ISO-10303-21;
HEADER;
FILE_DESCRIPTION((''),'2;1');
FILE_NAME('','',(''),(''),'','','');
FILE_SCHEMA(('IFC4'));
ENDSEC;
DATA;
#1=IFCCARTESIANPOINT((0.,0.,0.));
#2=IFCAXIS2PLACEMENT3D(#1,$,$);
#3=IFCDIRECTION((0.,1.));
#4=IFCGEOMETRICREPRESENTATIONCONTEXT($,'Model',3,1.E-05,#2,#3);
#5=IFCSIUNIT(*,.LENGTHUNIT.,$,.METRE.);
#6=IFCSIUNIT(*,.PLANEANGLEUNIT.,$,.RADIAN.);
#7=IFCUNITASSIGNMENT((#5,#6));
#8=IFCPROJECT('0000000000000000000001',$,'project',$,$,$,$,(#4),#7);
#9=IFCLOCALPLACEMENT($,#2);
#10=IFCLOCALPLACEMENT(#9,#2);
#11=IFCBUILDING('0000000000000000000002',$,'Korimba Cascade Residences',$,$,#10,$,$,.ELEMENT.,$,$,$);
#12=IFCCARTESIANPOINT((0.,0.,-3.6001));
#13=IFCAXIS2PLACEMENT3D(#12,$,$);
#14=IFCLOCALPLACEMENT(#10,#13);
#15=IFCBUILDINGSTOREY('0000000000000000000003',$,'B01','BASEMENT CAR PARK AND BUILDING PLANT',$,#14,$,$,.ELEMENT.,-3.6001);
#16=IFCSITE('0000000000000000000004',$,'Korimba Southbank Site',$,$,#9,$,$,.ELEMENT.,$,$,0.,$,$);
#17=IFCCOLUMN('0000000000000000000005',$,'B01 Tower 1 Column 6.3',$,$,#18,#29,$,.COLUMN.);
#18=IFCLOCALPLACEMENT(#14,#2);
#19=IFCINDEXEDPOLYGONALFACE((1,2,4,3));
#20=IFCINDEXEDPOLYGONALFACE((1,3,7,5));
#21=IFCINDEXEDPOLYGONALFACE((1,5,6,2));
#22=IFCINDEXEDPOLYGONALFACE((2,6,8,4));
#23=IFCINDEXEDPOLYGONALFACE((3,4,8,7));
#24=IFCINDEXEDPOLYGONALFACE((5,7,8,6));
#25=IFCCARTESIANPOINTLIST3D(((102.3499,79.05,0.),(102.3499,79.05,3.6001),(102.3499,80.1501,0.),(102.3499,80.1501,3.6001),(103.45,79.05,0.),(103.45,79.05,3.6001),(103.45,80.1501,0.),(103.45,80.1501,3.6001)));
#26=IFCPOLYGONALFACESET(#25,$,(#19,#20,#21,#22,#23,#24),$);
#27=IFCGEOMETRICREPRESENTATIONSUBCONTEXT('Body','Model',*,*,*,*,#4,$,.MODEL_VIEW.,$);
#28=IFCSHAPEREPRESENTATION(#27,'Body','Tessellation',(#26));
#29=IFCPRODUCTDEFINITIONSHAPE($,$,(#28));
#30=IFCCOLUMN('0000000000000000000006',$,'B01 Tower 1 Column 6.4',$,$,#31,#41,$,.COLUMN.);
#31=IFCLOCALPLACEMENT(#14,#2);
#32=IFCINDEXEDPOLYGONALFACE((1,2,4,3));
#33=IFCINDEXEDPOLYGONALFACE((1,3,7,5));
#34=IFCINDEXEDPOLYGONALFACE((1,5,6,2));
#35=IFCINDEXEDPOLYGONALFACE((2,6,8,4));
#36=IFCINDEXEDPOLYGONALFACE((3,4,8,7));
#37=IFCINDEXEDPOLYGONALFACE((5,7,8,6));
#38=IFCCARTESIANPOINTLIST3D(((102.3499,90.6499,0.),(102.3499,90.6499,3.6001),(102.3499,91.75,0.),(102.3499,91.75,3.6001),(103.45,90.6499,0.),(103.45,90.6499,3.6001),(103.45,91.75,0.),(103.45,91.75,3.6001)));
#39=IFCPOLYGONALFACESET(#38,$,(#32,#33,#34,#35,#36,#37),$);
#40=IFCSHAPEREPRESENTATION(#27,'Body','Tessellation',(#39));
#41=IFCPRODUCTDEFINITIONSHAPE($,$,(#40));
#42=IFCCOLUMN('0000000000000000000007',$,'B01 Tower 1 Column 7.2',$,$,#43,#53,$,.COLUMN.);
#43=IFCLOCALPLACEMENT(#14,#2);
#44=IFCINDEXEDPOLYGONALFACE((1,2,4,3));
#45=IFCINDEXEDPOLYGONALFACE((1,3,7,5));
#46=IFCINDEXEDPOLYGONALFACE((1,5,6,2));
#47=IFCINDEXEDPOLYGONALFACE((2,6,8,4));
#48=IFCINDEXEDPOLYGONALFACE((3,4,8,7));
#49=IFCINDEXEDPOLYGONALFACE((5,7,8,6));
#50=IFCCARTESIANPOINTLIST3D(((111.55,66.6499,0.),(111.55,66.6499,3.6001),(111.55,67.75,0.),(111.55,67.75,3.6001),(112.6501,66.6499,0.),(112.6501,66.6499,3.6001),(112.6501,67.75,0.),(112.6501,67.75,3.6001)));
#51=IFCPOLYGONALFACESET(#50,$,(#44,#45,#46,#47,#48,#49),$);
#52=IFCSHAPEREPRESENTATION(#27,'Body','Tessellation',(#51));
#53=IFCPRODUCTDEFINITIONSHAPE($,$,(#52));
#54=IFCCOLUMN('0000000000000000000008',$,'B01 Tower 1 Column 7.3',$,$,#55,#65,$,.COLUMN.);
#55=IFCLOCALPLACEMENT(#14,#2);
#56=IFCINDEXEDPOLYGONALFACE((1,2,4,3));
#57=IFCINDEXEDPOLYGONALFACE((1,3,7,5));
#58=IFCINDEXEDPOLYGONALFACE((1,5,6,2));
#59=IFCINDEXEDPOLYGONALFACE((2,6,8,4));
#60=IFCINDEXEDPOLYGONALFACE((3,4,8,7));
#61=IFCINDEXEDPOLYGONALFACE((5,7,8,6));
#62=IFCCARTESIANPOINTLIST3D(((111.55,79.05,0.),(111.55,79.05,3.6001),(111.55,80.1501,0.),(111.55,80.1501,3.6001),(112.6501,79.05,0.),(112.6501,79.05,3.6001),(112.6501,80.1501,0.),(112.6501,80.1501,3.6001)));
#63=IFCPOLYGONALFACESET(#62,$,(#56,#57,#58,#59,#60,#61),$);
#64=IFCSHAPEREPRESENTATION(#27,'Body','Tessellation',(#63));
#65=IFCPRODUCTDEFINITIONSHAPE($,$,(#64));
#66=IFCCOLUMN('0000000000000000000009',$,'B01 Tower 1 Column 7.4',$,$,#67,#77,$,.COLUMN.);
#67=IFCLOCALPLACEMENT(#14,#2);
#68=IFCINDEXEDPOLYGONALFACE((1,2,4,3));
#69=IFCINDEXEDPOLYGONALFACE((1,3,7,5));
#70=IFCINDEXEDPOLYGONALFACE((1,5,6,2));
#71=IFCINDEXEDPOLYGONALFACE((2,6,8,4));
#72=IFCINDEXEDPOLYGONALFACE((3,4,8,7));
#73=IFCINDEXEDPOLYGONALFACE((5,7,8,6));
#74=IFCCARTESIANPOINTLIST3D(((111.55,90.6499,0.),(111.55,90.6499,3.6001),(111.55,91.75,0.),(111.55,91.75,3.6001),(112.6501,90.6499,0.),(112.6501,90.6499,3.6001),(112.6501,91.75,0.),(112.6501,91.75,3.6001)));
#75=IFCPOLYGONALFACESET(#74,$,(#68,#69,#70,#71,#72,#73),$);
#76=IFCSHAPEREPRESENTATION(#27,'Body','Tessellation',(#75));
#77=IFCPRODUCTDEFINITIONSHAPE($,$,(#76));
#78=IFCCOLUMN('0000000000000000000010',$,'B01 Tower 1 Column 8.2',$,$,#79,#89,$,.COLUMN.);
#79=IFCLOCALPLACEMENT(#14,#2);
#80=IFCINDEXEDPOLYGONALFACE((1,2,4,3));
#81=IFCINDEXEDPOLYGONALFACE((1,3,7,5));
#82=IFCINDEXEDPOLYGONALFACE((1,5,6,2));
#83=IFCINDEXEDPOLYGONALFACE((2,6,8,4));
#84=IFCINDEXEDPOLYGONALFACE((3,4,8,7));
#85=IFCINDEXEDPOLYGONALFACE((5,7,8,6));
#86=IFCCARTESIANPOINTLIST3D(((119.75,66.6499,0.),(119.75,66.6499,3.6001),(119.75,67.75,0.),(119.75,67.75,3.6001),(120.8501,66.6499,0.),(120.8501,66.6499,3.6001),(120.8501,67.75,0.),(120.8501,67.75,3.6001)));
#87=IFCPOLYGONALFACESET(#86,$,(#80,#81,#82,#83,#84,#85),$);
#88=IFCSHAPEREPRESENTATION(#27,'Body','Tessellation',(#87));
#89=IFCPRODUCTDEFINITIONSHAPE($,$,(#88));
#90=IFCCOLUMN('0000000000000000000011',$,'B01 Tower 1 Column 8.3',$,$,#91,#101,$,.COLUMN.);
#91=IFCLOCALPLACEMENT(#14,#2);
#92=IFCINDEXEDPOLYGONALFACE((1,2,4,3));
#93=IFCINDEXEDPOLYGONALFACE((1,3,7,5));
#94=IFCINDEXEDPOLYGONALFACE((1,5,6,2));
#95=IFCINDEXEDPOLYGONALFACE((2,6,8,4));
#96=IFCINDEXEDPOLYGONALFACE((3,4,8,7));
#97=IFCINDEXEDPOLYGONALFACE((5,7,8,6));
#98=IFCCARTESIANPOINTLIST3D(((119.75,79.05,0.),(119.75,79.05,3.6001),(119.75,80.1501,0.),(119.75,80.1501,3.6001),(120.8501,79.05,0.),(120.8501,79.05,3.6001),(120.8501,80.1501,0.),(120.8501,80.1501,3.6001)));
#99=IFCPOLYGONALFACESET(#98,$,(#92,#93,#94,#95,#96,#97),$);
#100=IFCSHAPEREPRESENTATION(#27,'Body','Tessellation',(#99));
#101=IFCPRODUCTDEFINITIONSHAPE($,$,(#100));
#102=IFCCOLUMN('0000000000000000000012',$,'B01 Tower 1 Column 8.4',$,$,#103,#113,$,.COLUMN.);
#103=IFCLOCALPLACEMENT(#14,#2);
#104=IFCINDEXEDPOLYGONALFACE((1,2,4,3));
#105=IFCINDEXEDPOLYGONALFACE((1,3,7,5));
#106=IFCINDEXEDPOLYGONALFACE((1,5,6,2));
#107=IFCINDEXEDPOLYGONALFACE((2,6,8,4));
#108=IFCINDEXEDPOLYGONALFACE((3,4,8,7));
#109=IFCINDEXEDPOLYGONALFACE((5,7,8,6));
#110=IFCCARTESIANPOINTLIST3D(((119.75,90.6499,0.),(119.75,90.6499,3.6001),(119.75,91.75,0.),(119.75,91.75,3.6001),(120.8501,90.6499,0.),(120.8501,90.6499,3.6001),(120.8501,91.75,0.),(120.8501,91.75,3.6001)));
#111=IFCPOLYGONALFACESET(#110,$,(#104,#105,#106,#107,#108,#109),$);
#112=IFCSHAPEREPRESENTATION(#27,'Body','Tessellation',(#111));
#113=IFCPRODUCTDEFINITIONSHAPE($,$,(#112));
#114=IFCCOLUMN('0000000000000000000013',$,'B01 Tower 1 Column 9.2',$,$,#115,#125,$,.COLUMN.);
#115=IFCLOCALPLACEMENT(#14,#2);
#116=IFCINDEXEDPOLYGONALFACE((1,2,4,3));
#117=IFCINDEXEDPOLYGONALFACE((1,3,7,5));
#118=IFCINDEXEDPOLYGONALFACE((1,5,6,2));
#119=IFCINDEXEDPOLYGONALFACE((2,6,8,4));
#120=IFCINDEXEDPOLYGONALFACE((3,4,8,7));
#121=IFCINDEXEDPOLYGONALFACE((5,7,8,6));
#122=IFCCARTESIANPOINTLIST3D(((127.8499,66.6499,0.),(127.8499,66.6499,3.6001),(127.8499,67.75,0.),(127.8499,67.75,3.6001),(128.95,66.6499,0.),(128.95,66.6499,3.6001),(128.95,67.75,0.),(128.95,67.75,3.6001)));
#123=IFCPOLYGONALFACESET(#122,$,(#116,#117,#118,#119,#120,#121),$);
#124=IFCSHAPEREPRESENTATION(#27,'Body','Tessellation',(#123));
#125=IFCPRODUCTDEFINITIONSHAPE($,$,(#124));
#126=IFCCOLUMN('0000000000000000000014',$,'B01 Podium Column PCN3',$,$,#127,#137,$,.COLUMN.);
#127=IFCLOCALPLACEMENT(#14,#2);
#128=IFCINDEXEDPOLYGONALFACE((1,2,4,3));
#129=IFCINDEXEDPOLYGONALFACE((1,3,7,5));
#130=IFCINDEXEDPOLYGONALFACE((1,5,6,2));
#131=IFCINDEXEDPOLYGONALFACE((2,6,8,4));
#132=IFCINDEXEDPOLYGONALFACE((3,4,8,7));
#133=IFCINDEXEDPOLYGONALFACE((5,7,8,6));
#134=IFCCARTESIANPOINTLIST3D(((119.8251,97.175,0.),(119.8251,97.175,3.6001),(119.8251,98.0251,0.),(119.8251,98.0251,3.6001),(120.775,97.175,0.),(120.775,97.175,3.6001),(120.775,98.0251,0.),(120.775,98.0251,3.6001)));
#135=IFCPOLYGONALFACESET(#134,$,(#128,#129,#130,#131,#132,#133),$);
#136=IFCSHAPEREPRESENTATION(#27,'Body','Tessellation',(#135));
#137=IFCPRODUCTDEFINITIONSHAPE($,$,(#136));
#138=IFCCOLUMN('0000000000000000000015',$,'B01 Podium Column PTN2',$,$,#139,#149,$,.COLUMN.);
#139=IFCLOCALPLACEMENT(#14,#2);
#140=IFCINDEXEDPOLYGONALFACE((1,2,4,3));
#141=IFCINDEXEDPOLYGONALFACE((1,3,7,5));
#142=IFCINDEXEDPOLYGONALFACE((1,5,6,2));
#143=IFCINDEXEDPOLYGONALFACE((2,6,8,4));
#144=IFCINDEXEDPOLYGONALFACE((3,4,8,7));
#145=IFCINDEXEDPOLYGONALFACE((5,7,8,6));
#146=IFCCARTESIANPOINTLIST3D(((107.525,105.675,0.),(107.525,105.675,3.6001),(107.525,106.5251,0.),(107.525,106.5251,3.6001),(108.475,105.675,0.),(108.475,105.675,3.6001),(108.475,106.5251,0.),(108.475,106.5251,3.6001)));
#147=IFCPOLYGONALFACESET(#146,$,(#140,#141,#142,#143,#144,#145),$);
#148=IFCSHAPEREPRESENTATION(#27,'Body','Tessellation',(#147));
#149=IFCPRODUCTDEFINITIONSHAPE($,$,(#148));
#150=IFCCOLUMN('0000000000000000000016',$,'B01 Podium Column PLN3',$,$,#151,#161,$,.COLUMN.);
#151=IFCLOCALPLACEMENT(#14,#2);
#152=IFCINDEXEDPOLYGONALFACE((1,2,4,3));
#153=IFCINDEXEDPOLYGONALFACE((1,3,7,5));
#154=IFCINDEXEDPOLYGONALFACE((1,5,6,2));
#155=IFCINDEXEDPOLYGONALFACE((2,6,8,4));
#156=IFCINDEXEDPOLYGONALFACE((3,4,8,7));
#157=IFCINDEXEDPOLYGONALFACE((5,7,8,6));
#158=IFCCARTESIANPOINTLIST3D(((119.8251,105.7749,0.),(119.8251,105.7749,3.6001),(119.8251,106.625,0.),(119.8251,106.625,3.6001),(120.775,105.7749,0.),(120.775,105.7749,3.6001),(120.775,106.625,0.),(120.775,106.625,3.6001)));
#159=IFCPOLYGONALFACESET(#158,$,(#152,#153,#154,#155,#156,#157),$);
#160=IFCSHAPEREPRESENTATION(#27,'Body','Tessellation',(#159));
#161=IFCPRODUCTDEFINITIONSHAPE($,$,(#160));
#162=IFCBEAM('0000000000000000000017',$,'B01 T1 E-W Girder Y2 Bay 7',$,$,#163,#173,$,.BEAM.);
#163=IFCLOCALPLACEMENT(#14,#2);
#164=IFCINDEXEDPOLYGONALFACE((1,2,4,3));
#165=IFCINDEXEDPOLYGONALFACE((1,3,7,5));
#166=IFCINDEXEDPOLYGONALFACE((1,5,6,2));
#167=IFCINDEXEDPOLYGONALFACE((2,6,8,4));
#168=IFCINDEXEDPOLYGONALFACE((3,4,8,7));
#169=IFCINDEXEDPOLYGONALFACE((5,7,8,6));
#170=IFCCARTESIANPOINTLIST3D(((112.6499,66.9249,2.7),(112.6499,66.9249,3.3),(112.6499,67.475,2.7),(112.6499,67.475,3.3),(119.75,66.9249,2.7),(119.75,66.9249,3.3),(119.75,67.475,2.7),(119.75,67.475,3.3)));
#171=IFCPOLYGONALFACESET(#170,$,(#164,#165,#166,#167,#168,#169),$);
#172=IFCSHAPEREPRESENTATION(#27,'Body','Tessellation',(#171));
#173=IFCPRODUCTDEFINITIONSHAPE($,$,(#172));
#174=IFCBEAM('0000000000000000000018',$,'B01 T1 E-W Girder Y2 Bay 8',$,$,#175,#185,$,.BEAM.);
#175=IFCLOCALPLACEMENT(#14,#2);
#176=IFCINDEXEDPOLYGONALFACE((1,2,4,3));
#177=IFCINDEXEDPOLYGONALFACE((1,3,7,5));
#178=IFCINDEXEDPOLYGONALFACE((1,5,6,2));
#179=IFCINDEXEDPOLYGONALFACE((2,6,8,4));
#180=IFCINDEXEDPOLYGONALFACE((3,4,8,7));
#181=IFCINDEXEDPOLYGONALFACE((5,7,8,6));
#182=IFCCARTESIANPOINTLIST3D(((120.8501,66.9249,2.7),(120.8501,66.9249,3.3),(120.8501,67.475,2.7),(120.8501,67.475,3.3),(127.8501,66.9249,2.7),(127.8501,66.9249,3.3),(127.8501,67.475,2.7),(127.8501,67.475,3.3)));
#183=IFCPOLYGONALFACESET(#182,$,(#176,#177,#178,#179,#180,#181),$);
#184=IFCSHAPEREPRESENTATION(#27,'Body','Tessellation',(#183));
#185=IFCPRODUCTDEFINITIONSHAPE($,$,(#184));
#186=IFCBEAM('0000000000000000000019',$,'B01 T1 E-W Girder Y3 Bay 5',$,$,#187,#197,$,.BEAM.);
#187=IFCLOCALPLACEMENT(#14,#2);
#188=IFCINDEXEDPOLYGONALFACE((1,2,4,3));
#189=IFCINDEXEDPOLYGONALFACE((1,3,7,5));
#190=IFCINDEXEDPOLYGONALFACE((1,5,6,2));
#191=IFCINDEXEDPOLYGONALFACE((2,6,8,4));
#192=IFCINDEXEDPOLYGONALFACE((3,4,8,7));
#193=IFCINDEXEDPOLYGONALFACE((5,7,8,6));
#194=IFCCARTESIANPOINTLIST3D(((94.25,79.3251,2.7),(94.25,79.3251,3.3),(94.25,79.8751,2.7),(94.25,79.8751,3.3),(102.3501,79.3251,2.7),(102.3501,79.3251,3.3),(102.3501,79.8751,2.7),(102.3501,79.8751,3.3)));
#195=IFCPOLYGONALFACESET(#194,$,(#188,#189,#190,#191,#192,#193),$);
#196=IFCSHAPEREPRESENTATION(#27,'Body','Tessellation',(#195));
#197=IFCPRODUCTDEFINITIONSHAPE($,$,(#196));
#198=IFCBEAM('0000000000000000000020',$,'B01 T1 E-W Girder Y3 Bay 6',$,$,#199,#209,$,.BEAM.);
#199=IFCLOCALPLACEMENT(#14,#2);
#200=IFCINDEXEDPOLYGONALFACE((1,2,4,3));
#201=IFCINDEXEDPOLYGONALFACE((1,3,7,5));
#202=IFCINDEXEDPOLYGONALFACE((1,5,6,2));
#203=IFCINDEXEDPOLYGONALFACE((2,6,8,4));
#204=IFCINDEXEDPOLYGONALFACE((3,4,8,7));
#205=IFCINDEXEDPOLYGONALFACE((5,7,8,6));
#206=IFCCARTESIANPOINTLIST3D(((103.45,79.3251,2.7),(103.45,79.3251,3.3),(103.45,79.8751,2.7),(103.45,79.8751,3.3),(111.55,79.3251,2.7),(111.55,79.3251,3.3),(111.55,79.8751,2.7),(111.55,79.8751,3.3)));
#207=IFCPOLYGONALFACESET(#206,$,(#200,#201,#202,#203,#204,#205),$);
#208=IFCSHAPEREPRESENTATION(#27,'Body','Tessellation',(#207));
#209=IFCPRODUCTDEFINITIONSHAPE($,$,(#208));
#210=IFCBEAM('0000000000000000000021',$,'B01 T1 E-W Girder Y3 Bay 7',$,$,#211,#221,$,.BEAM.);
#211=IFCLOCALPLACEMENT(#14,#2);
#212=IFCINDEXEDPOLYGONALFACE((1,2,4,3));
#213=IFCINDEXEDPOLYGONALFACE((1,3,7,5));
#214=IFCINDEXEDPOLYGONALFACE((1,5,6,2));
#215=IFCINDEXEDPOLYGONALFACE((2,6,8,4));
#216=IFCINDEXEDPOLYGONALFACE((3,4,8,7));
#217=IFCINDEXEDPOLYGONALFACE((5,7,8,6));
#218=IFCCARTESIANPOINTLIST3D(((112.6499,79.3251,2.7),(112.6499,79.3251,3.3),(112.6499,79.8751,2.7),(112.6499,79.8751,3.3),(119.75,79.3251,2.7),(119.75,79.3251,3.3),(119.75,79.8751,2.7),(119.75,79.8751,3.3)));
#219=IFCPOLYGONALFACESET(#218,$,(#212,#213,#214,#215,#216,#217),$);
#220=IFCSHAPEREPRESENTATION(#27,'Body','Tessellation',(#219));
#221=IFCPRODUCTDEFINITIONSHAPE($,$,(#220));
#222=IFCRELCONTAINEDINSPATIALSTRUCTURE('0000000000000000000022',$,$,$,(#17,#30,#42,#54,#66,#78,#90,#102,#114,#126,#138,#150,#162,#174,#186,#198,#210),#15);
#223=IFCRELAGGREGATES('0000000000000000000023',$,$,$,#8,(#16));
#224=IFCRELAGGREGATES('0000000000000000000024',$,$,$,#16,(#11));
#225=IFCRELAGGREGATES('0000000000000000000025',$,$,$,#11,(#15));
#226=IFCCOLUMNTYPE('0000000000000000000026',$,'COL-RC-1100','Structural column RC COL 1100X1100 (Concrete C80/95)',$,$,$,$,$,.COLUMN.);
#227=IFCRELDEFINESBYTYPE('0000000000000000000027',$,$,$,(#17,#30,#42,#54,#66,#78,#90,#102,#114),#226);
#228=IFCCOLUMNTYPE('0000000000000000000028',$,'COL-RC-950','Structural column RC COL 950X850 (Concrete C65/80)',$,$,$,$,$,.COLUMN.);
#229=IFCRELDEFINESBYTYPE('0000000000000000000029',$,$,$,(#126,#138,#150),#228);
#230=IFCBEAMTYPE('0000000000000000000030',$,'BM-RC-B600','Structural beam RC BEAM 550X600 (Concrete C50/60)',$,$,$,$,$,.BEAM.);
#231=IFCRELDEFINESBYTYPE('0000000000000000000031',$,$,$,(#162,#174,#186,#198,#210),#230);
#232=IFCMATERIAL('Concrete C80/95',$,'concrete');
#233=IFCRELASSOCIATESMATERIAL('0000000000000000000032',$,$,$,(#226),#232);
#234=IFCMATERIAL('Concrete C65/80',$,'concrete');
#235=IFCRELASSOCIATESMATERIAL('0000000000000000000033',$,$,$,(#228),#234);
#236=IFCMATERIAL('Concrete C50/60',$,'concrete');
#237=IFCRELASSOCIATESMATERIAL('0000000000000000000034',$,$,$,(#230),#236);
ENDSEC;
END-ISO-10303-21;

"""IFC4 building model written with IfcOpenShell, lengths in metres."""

from ifc_helpers import new_model, si_unit, direction, frame, origin, origin_2d, place, context, subcontext, project, spatial, rectangle, extrude, material, material_profile, profile_set, type_object, element, save


model = new_model("IFC4")

# Units and contexts
model_context = context("Model", 3, precision=1e-05, world=origin(), true_north=direction((0.0, 1.0)))
body_context = subcontext(model_context, "Body", "Model", "MODEL_VIEW")
ifc_project = project(units=[si_unit("LENGTHUNIT", "METRE"), si_unit("PLANEANGLEUNIT", "RADIAN")], contexts=[model_context])

# Site, building, storey
site_placement = place(None, origin())
site = spatial("IfcSite", under=ifc_project, at=site_placement, Name="Korimba Southbank Site", CompositionType="ELEMENT", RefElevation=0.0)
building_placement = place(site_placement, origin())
building = spatial("IfcBuilding", under=site, at=building_placement, Name="Korimba Cascade Residences", CompositionType="ELEMENT")
storey_placement = place(building_placement, frame((0.0, 0.0, -3.6001)))
storey = spatial("IfcBuildingStorey", under=building, at=storey_placement, Name="B01", Description="BASEMENT CAR PARK AND BUILDING PLANT", CompositionType="ELEMENT", Elevation=-3.6001)

# Columns
ifc_material_1 = material(Name="Concrete C80/95", Category="concrete")
ifc_material_profile_1 = material_profile(ifc_material_1, rectangle(XDim=1.1001, YDim=1.1001, at=origin_2d()), Name="Concrete C80/95")
ifc_profile_set_1 = profile_set([ifc_material_profile_1], Name="Concrete C80/95")
column_type_1 = type_object("IfcColumnType", Name="COL-RC-1100", Description="Structural column RC COL 1100X1100 (Concrete C80/95)", PredefinedType="COLUMN", material=ifc_profile_set_1)
for number, where, z_axis, x_axis, name in (
    (1, (102.8999, 79.6001, 0.0), (0.0, 0.0, 1.0), (1.0, 0.0, 0.0), "B01 Tower 1 Column 6.3"),
    (2, (102.8999, 91.2, 0.0), (0.0, 0.0, 1.0), (1.0, 0.0, 0.0), "B01 Tower 1 Column 6.4"),
    (3, (112.1001, 67.2, 0.0), (0.0, 0.0, 1.0), (1.0, 0.0, 0.0), "B01 Tower 1 Column 7.2"),
    (4, (112.1001, 79.6001, 0.0), (0.0, 0.0, 1.0), (1.0, 0.0, 0.0), "B01 Tower 1 Column 7.3"),
    (5, (112.1001, 91.2, 0.0), (0.0, 0.0, 1.0), (1.0, 0.0, 0.0), "B01 Tower 1 Column 7.4"),
    (6, (120.3, 67.2, 0.0), (0.0, 0.0, 1.0), (1.0, 0.0, 0.0), "B01 Tower 1 Column 8.2"),
    (7, (120.3, 79.6001, 0.0), (0.0, 0.0, 1.0), (1.0, 0.0, 0.0), "B01 Tower 1 Column 8.3"),
    (8, (120.3, 91.2, 0.0), (0.0, 0.0, 1.0), (1.0, 0.0, 0.0), "B01 Tower 1 Column 8.4"),
    (9, (128.3999, 67.2, 0.0), (0.0, 0.0, 1.0), (1.0, 0.0, 0.0), "B01 Tower 1 Column 9.2"),
):
    element("IfcColumn", number, at=place(storey_placement, frame(where, z_axis=z_axis, x_axis=x_axis)), inside=storey, type_object=column_type_1, Name=name, PredefinedType="COLUMN", context=body_context, shape_type="SweptSolid", body=[
        extrude(rectangle(XDim=1.1001, YDim=1.1001, at=origin_2d()), origin(), (0.0, 0.0, 1.0), 3.6001),
    ])
ifc_material_2 = material(Name="Concrete C65/80", Category="concrete")
ifc_material_profile_2 = material_profile(ifc_material_2, rectangle(XDim=0.95, YDim=0.8501, at=origin_2d()), Name="Concrete C65/80")
ifc_profile_set_2 = profile_set([ifc_material_profile_2], Name="Concrete C65/80")
column_type_2 = type_object("IfcColumnType", Name="COL-RC-950", Description="Structural column RC COL 950X850 (Concrete C65/80)", PredefinedType="COLUMN", material=ifc_profile_set_2)
for number, where, z_axis, x_axis, name in (
    (10, (120.3, 97.6001, 0.0), (0.0, 0.0, 1.0), (1.0, 0.0, 0.0), "B01 Podium Column PCN3"),
    (11, (108.0, 106.1001, 0.0), (0.0, 0.0, 1.0), (1.0, 0.0, 0.0), "B01 Podium Column PTN2"),
    (12, (120.3, 106.2, 0.0), (0.0, 0.0, 1.0), (1.0, 0.0, 0.0), "B01 Podium Column PLN3"),
):
    element("IfcColumn", number, at=place(storey_placement, frame(where, z_axis=z_axis, x_axis=x_axis)), inside=storey, type_object=column_type_2, Name=name, PredefinedType="COLUMN", context=body_context, shape_type="SweptSolid", body=[
        extrude(rectangle(XDim=0.95, YDim=0.8501, at=origin_2d()), origin(), (0.0, 0.0, 1.0), 3.6001),
    ])

# Beams
ifc_material_3 = material(Name="Concrete C50/60", Category="concrete")
ifc_material_profile_3 = material_profile(ifc_material_3, rectangle(XDim=0.55, YDim=0.6001, at=origin_2d()), Name="Concrete C50/60")
ifc_profile_set_3 = profile_set([ifc_material_profile_3], Name="Concrete C50/60")
beam_type_1 = type_object("IfcBeamType", Name="BM-RC-B600", Description="Structural beam RC BEAM 550X600 (Concrete C50/60)", PredefinedType="BEAM", material=ifc_profile_set_3)
beam_1_placement = place(storey_placement, frame((112.6499, 67.2, 3.0), z_axis=(1.0, 0.0, 0.0), x_axis=(0.0, 1.0, 0.0)))
element("IfcBeam", 13, at=beam_1_placement, inside=storey, type_object=beam_type_1, Name="B01 T1 E-W Girder Y2 Bay 7", PredefinedType="BEAM", context=body_context, shape_type="SweptSolid", body=[
    extrude(rectangle(XDim=0.55, YDim=0.6001, at=origin_2d()), origin(), (0.0, 0.0, 1.0), 7.1001),
])
beam_2_placement = place(storey_placement, frame((120.8501, 67.2, 3.0), z_axis=(1.0, 0.0, 0.0), x_axis=(0.0, 1.0, 0.0)))
element("IfcBeam", 14, at=beam_2_placement, inside=storey, type_object=beam_type_1, Name="B01 T1 E-W Girder Y2 Bay 8", PredefinedType="BEAM", context=body_context, shape_type="SweptSolid", body=[
    extrude(rectangle(XDim=0.55, YDim=0.6001, at=origin_2d()), origin(), (0.0, 0.0, 1.0), 7.0),
])
for number, where, z_axis, x_axis, name in (
    (15, (94.25, 79.6001, 3.0), (1.0, 0.0, 0.0), (0.0, 1.0, 0.0), "B01 T1 E-W Girder Y3 Bay 5"),
    (16, (103.45, 79.6001, 3.0), (1.0, 0.0, 0.0), (0.0, 1.0, 0.0), "B01 T1 E-W Girder Y3 Bay 6"),
):
    element("IfcBeam", number, at=place(storey_placement, frame(where, z_axis=z_axis, x_axis=x_axis)), inside=storey, type_object=beam_type_1, Name=name, PredefinedType="BEAM", context=body_context, shape_type="SweptSolid", body=[
        extrude(rectangle(XDim=0.55, YDim=0.6001, at=origin_2d()), origin(), (0.0, 0.0, 1.0), 8.1001),
    ])
beam_3_placement = place(storey_placement, frame((112.6499, 79.6001, 3.0), z_axis=(1.0, 0.0, 0.0), x_axis=(0.0, 1.0, 0.0)))
element("IfcBeam", 17, at=beam_3_placement, inside=storey, type_object=beam_type_1, Name="B01 T1 E-W Girder Y3 Bay 7", PredefinedType="BEAM", context=body_context, shape_type="SweptSolid", body=[
    extrude(rectangle(XDim=0.55, YDim=0.6001, at=origin_2d()), origin(), (0.0, 0.0, 1.0), 7.1001),
])

save(model, "model.ifc")
